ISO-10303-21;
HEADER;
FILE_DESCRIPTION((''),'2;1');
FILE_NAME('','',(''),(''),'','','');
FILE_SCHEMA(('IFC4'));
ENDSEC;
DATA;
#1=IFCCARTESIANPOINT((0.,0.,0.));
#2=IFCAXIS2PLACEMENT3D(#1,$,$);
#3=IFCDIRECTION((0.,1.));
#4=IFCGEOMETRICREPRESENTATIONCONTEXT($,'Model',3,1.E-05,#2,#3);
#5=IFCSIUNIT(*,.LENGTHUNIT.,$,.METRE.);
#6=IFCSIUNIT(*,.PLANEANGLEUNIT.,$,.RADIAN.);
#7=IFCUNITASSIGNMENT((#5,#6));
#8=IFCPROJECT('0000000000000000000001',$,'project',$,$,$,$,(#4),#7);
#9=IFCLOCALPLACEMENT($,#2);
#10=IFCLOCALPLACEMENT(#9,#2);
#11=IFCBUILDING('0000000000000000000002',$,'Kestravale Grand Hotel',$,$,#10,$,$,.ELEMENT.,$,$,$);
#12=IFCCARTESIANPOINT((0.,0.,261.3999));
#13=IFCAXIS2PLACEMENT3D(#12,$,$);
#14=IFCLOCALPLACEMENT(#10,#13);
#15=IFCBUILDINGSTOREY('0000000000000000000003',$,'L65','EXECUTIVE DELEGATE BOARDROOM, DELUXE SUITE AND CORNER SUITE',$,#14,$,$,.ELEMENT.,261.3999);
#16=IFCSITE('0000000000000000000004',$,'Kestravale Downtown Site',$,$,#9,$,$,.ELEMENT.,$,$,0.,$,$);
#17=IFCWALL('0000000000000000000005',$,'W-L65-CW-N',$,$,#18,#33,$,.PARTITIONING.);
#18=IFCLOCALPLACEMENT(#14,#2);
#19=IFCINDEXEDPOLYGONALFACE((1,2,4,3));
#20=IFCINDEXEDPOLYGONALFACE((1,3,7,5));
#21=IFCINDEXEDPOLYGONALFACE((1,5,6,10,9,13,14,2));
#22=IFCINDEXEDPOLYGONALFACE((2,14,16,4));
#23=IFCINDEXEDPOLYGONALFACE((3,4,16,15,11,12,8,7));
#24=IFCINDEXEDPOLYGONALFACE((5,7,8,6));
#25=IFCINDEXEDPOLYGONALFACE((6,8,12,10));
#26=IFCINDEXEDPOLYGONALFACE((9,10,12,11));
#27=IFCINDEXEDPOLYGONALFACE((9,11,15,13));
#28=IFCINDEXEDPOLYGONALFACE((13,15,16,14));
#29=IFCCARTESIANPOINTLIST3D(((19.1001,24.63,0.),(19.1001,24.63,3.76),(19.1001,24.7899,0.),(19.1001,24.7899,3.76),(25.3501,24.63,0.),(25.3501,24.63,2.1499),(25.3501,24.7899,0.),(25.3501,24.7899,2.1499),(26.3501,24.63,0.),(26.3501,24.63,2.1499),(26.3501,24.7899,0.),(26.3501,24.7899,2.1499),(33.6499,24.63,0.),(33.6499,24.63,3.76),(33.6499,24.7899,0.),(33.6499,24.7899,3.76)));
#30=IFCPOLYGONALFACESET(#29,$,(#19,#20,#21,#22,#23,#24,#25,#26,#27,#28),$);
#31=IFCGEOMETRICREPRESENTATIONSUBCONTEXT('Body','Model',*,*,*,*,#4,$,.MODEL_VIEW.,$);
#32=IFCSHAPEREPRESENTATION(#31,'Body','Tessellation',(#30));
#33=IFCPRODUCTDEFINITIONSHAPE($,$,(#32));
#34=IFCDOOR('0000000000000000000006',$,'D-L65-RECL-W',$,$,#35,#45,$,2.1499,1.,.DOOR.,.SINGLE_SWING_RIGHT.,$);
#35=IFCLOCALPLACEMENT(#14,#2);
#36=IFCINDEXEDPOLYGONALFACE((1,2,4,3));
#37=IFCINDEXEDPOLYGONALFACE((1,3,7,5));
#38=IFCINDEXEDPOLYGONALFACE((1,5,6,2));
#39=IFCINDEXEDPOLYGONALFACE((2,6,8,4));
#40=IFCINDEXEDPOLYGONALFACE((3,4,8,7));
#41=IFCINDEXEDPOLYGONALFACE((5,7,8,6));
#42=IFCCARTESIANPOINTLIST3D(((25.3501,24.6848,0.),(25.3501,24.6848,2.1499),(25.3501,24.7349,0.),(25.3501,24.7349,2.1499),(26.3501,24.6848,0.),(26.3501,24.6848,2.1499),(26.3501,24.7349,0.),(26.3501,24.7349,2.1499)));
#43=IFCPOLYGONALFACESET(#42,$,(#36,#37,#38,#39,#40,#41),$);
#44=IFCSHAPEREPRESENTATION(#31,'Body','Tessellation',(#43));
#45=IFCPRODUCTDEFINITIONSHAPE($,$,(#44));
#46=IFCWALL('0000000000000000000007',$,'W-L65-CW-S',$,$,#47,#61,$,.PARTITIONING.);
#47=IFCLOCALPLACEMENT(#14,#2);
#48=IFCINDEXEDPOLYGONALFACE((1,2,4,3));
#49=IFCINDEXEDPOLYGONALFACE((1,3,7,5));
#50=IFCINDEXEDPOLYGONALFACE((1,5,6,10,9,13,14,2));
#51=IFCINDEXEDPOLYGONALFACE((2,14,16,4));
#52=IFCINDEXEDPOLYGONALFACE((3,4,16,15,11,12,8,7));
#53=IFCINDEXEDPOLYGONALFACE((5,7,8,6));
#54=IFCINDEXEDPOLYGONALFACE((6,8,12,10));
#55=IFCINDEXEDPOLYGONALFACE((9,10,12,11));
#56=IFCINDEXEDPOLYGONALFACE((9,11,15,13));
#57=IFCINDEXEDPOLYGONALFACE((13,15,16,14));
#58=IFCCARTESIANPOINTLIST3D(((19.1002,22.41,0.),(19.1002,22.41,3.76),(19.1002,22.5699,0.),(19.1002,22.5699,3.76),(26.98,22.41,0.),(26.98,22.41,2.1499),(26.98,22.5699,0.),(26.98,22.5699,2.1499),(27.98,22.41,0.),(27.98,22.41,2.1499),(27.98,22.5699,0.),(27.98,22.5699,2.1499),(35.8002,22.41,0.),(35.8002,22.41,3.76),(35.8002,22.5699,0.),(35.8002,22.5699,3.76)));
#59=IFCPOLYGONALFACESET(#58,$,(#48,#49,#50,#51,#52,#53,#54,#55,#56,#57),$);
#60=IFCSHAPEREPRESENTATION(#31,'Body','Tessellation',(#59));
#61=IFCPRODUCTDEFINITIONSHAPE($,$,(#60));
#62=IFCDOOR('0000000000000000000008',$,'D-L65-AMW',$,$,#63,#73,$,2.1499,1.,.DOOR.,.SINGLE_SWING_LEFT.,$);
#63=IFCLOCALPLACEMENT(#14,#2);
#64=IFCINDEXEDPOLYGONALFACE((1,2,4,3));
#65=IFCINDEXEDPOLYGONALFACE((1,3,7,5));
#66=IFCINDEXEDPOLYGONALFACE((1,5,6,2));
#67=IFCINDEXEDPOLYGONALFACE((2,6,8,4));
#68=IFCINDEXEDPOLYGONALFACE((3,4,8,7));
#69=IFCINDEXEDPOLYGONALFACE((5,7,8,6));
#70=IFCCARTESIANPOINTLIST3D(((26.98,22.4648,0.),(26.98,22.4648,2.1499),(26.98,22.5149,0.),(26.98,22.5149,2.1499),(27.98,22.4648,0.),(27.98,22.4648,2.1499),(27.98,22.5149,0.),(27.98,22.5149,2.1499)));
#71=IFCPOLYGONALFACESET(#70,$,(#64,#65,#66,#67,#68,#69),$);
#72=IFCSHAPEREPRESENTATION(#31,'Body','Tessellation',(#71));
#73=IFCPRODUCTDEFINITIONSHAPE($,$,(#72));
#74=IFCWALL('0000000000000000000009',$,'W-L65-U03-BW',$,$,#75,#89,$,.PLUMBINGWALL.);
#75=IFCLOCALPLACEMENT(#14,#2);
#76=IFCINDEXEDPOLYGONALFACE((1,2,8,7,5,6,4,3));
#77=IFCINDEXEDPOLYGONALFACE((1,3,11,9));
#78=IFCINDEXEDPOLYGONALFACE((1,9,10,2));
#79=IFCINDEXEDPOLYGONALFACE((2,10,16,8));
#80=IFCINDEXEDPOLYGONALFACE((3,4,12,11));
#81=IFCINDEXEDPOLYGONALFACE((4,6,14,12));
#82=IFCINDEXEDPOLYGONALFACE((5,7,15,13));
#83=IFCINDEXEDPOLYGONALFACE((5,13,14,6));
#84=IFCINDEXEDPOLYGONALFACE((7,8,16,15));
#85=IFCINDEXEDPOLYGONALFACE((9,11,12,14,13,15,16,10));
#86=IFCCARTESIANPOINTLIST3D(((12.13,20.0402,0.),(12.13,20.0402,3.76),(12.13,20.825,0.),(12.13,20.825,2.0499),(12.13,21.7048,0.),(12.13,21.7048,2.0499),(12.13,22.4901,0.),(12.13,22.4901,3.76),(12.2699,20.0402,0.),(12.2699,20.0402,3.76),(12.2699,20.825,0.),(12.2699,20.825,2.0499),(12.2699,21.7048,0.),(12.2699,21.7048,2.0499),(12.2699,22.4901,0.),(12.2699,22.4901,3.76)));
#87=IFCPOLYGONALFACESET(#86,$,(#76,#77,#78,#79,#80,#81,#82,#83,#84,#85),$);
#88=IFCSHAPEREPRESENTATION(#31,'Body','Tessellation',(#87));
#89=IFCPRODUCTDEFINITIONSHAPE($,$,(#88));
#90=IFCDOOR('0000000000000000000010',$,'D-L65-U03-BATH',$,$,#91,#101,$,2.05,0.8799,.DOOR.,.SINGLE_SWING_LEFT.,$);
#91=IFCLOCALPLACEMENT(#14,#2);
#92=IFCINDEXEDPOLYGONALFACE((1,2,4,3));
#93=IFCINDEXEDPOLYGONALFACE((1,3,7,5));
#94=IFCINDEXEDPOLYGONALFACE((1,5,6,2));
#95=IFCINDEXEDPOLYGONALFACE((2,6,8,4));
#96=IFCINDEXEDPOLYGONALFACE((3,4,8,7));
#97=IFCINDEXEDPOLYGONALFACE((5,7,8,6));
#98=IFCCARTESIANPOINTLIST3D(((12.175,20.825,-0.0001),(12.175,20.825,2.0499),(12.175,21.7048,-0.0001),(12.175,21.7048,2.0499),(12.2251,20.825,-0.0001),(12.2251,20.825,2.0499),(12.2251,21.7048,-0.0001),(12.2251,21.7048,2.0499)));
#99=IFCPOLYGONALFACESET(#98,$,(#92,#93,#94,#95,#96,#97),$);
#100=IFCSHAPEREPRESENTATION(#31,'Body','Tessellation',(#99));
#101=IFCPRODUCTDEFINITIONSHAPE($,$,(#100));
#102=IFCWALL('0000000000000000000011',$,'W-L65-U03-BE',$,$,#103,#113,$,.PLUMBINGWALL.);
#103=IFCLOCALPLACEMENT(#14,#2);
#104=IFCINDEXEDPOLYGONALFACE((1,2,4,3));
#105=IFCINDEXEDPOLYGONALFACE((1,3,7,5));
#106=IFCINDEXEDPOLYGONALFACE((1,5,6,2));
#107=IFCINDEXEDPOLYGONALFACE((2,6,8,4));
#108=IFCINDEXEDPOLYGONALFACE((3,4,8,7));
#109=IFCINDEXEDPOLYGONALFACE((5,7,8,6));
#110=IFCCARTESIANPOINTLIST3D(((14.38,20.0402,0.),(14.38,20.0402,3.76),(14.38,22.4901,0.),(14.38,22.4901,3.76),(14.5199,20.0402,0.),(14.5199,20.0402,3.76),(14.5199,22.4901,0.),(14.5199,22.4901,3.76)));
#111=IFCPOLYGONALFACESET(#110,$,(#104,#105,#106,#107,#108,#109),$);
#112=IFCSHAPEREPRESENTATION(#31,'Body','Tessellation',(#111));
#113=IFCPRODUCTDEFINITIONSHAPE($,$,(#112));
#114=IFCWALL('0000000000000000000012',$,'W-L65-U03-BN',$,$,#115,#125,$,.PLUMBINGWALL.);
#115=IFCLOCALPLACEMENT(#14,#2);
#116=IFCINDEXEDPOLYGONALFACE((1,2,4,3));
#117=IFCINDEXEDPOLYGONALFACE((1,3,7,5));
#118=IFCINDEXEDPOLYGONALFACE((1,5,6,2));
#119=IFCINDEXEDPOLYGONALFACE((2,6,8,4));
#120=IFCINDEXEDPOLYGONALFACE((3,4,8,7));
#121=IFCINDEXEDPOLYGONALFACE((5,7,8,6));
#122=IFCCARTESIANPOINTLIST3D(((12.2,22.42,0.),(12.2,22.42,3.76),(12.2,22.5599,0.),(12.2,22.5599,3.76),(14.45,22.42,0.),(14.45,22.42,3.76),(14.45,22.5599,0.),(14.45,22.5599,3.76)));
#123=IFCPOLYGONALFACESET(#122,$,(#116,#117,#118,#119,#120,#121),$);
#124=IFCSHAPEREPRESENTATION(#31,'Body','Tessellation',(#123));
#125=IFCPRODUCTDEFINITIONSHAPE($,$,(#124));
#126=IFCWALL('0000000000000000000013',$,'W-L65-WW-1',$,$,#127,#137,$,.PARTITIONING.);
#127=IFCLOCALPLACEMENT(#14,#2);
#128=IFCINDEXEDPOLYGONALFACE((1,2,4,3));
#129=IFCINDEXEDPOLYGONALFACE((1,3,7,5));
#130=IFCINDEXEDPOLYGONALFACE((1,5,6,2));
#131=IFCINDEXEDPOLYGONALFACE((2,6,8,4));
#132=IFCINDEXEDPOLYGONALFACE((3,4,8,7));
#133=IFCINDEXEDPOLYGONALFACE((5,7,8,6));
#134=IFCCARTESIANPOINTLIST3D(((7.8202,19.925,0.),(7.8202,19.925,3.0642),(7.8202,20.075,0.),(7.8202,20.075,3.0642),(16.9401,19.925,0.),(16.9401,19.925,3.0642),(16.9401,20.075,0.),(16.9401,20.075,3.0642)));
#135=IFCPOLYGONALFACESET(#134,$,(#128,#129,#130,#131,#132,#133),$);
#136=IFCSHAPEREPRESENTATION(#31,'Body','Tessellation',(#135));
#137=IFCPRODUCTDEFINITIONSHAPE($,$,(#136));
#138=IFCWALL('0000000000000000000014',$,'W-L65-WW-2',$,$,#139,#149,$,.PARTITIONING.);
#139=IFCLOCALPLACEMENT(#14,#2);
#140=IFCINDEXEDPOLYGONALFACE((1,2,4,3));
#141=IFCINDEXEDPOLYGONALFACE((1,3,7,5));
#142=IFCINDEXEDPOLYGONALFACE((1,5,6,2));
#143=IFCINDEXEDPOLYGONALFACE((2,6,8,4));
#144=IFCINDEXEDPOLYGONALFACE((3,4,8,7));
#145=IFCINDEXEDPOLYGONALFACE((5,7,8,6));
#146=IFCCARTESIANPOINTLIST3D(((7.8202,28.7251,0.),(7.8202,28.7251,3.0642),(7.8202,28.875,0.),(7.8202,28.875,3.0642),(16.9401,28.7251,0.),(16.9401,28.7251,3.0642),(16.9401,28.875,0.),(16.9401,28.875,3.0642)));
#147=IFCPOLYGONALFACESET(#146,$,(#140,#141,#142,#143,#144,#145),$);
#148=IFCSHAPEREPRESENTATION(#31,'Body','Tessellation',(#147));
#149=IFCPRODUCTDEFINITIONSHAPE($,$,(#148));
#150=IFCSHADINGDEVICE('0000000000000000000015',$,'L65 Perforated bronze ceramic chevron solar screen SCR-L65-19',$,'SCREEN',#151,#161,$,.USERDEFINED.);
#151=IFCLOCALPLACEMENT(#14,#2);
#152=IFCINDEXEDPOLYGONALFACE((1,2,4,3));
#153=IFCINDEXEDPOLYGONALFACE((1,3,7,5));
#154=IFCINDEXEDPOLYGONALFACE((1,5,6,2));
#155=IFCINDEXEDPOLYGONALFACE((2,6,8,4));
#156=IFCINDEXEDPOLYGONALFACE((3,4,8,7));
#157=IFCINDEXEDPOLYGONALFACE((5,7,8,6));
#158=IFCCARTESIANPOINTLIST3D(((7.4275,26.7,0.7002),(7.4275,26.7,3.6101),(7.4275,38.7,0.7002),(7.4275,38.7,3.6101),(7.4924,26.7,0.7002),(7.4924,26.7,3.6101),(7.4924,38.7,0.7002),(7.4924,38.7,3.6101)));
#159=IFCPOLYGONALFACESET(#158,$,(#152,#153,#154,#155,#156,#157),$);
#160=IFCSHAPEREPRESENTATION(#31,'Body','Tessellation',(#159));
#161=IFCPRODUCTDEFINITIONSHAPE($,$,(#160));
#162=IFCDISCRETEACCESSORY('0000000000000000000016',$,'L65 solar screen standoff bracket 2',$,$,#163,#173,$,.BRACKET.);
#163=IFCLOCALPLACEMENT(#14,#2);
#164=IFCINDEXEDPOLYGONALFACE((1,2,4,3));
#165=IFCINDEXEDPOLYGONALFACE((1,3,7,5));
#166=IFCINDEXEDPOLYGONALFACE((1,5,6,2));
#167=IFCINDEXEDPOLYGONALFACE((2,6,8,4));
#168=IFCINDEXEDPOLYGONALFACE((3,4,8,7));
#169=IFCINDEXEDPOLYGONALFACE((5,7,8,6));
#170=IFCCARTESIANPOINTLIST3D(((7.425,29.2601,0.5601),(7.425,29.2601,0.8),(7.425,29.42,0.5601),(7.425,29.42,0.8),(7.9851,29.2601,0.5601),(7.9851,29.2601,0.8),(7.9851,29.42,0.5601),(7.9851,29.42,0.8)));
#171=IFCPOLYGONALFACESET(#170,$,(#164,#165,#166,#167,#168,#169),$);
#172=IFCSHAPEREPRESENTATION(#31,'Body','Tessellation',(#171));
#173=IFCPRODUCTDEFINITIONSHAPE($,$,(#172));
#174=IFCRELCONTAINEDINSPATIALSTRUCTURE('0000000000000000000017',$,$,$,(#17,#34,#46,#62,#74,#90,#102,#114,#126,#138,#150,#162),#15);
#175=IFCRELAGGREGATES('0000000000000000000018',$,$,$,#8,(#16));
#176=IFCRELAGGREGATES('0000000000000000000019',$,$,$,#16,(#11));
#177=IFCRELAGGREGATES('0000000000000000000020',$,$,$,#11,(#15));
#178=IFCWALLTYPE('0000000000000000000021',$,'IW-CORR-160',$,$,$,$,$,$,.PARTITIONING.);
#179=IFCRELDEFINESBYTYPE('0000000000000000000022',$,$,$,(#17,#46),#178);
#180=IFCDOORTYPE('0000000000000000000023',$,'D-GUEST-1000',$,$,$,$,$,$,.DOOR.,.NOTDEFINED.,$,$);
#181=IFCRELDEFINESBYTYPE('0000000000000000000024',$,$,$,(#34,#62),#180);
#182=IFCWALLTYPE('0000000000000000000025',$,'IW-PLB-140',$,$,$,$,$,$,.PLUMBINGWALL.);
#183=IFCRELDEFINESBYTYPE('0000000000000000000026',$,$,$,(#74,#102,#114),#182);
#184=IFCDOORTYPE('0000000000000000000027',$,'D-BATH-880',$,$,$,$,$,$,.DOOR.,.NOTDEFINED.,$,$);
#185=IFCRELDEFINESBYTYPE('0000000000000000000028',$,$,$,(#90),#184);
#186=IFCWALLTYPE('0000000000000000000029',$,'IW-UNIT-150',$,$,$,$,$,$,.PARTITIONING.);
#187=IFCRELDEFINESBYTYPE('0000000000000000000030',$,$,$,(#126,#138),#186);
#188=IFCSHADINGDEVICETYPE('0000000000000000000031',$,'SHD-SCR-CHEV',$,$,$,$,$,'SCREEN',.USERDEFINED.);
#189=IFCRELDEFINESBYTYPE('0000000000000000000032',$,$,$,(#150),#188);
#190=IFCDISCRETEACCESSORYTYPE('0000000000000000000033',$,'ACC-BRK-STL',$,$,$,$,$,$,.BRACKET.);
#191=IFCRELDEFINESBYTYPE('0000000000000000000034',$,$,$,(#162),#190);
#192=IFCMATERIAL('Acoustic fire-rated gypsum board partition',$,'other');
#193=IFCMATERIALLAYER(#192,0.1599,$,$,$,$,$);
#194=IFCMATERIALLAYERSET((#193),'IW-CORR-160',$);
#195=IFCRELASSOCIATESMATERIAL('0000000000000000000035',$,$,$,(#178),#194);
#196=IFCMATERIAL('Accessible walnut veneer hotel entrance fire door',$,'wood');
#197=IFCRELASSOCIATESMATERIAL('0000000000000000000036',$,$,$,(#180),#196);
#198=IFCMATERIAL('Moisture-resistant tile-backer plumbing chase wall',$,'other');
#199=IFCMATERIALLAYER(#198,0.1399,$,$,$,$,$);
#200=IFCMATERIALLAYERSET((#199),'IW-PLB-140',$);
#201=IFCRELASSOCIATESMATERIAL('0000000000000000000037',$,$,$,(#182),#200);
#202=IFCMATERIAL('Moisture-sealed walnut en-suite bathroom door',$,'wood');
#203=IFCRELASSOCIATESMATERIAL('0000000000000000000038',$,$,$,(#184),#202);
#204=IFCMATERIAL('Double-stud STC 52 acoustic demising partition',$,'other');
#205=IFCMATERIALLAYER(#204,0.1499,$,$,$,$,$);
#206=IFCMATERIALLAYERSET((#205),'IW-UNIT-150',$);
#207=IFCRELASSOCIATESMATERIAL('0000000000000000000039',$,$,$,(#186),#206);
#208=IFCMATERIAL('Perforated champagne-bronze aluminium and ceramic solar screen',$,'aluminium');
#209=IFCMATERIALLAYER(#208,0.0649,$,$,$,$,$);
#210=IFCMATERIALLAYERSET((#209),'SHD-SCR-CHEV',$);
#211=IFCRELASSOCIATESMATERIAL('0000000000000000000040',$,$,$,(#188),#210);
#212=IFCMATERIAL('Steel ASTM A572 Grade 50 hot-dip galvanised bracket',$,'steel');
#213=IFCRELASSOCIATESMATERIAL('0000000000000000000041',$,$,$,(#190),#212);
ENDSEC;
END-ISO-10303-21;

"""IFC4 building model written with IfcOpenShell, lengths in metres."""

from ifc_helpers import new_model, si_unit, direction, frame, frame_2d, origin, origin_2d, place, context, subcontext, project, spatial, rectangle, extrude, material, layer, layer_set, type_object, element, fill, save


model = new_model("IFC4")

# Units and contexts
model_context = context("Model", 3, precision=1e-05, world=origin(), true_north=direction((0.0, 1.0)))
body_context = subcontext(model_context, "Body", "Model", "MODEL_VIEW")
ifc_project = project(units=[si_unit("LENGTHUNIT", "METRE"), si_unit("PLANEANGLEUNIT", "RADIAN")], contexts=[model_context])

# Site, building, storey
site_placement = place(None, origin())
site = spatial("IfcSite", under=ifc_project, at=site_placement, Name="Kestravale Downtown Site", CompositionType="ELEMENT", RefElevation=0.0)
building_placement = place(site_placement, origin())
building = spatial("IfcBuilding", under=site, at=building_placement, Name="Kestravale Grand Hotel", CompositionType="ELEMENT")
storey_placement = place(building_placement, frame((0.0, 0.0, 261.3999)))
storey = spatial("IfcBuildingStorey", under=building, at=storey_placement, Name="L65", Description="EXECUTIVE DELEGATE BOARDROOM, DELUXE SUITE AND CORNER SUITE", CompositionType="ELEMENT", Elevation=261.3999)

# Walls, openings, doors
ifc_material_1 = material(Name="Acoustic fire-rated gypsum board partition", Category="other")
ifc_layer_1 = layer(ifc_material_1, 0.1599)
ifc_layer_set_1 = layer_set([ifc_layer_1], Name="IW-CORR-160")
wall_type_1 = type_object("IfcWallType", Name="IW-CORR-160", PredefinedType="PARTITIONING", material=ifc_layer_set_1)
wall_1_placement = place(storey_placement, frame((19.1001, 24.71, 0.0), z_axis=(0.0, 0.0, 1.0), x_axis=(1.0, 0.0, 0.0)))
wall_1 = element("IfcWall", 1, at=wall_1_placement, inside=storey, type_object=wall_type_1, Name="W-L65-CW-N", PredefinedType="PARTITIONING", context=body_context, shape_type="SweptSolid", body=[
    extrude(rectangle(XDim=14.5498, YDim=0.1599, at=frame_2d((7.2749, 0.0))), origin(), (0.0, 0.0, 1.0), 3.76),
])
opening_1_placement = place(wall_1_placement, frame((6.25, 0.0, 0.0)))
opening_1 = element("IfcOpeningElement", 2, at=opening_1_placement, cuts=wall_1, PredefinedType="OPENING", context=body_context, shape_type="SweptSolid", body=[
    extrude(rectangle(XDim=1.0, YDim=2.1499, at=frame_2d((0.5, 1.075))), frame((0.0, 0.0898, 0.0), z_axis=(0.0, -1.0, 0.0), x_axis=(1.0, 0.0, 0.0)), (0.0, 0.0, 1.0), 0.1799),
])
ifc_material_2 = material(Name="Accessible walnut veneer hotel entrance fire door", Category="wood")
door_type_1 = type_object("IfcDoorType", Name="D-GUEST-1000", OperationType="NOTDEFINED", PredefinedType="DOOR", material=ifc_material_2)
door_1_placement = place(opening_1_placement, origin())
door_1 = element("IfcDoor", 3, at=door_1_placement, inside=storey, type_object=door_type_1, Name="D-L65-RECL-W", OperationType="SINGLE_SWING_RIGHT", OverallHeight=2.1499, OverallWidth=1.0, PredefinedType="DOOR", context=body_context, shape_type="SweptSolid", body=[
    extrude(rectangle(XDim=1.0, YDim=2.1499, at=frame_2d((0.5, 1.075))), frame((0.0, 0.0249, 0.0), z_axis=(0.0, -1.0, 0.0), x_axis=(1.0, 0.0, 0.0)), (0.0, 0.0, 1.0), 0.05),
])
fill(opening_1, door_1)
wall_2_placement = place(storey_placement, frame((19.1001, 22.49, 0.0), z_axis=(0.0, 0.0, 1.0), x_axis=(1.0, 0.0, 0.0)))
wall_2 = element("IfcWall", 4, at=wall_2_placement, inside=storey, type_object=wall_type_1, Name="W-L65-CW-S", PredefinedType="PARTITIONING", context=body_context, shape_type="SweptSolid", body=[
    extrude(rectangle(XDim=16.7, YDim=0.1599, at=frame_2d((8.3501, 0.0))), origin(), (0.0, 0.0, 1.0), 3.76),
])
opening_2_placement = place(wall_2_placement, frame((7.8799, 0.0, 0.0)))
opening_2 = element("IfcOpeningElement", 5, at=opening_2_placement, cuts=wall_2, PredefinedType="OPENING", context=body_context, shape_type="SweptSolid", body=[
    extrude(rectangle(XDim=1.0, YDim=2.1499, at=frame_2d((0.5, 1.075))), frame((0.0, 0.0898, 0.0), z_axis=(0.0, -1.0, 0.0), x_axis=(1.0, 0.0, 0.0)), (0.0, 0.0, 1.0), 0.1799),
])
door_2_placement = place(opening_2_placement, origin())
door_2 = element("IfcDoor", 6, at=door_2_placement, inside=storey, type_object=door_type_1, Name="D-L65-AMW", OperationType="SINGLE_SWING_LEFT", OverallHeight=2.1499, OverallWidth=1.0, PredefinedType="DOOR", context=body_context, shape_type="SweptSolid", body=[
    extrude(rectangle(XDim=1.0, YDim=2.1499, at=frame_2d((0.5, 1.075))), frame((0.0, 0.0249, 0.0), z_axis=(0.0, -1.0, 0.0), x_axis=(1.0, 0.0, 0.0)), (0.0, 0.0, 1.0), 0.05),
])
fill(opening_2, door_2)
ifc_material_3 = material(Name="Moisture-resistant tile-backer plumbing chase wall", Category="other")
ifc_layer_2 = layer(ifc_material_3, 0.1399)
ifc_layer_set_2 = layer_set([ifc_layer_2], Name="IW-PLB-140")
wall_type_2 = type_object("IfcWallType", Name="IW-PLB-140", PredefinedType="PLUMBINGWALL", material=ifc_layer_set_2)
wall_3_placement = place(storey_placement, frame((12.2, 20.04, 0.0), z_axis=(0.0, 0.0, 1.0), x_axis=(0.0, 1.0, 0.0)))
wall_3 = element("IfcWall", 7, at=wall_3_placement, inside=storey, type_object=wall_type_2, Name="W-L65-U03-BW", PredefinedType="PLUMBINGWALL", context=body_context, shape_type="SweptSolid", body=[
    extrude(rectangle(XDim=2.45, YDim=0.1399, at=frame_2d((1.2251, 0.0))), origin(), (0.0, 0.0, 1.0), 3.76),
])
opening_3_placement = place(wall_3_placement, frame((0.7849, 0.0, 0.0)))
opening_3 = element("IfcOpeningElement", 8, at=opening_3_placement, cuts=wall_3, PredefinedType="OPENING", context=body_context, shape_type="SweptSolid", body=[
    extrude(rectangle(XDim=0.8799, YDim=2.05, at=frame_2d((0.4399, 1.0249))), frame((0.0, 0.0798, 0.0), z_axis=(0.0, -1.0, 0.0), x_axis=(1.0, 0.0, 0.0)), (0.0, 0.0, 1.0), 0.1599),
])
ifc_material_4 = material(Name="Moisture-sealed walnut en-suite bathroom door", Category="wood")
door_type_2 = type_object("IfcDoorType", Name="D-BATH-880", OperationType="NOTDEFINED", PredefinedType="DOOR", material=ifc_material_4)
door_3_placement = place(opening_3_placement, origin())
door_3 = element("IfcDoor", 9, at=door_3_placement, inside=storey, type_object=door_type_2, Name="D-L65-U03-BATH", OperationType="SINGLE_SWING_LEFT", OverallHeight=2.05, OverallWidth=0.8799, PredefinedType="DOOR", context=body_context, shape_type="SweptSolid", body=[
    extrude(rectangle(XDim=0.8799, YDim=2.05, at=frame_2d((0.4399, 1.0249))), frame((0.0, 0.0249, 0.0), z_axis=(0.0, -1.0, 0.0), x_axis=(1.0, 0.0, 0.0)), (0.0, 0.0, 1.0), 0.05),
])
fill(opening_3, door_3)

# Walls
wall_4_placement = place(storey_placement, frame((14.45, 20.04, 0.0), z_axis=(0.0, 0.0, 1.0), x_axis=(0.0, 1.0, 0.0)))
element("IfcWall", 10, at=wall_4_placement, inside=storey, type_object=wall_type_2, Name="W-L65-U03-BE", PredefinedType="PLUMBINGWALL", context=body_context, shape_type="SweptSolid", body=[
    extrude(rectangle(XDim=2.45, YDim=0.1399, at=frame_2d((1.2251, 0.0))), origin(), (0.0, 0.0, 1.0), 3.76),
])
wall_5_placement = place(storey_placement, frame((12.2, 22.49, 0.0), z_axis=(0.0, 0.0, 1.0), x_axis=(1.0, 0.0, 0.0)))
element("IfcWall", 11, at=wall_5_placement, inside=storey, type_object=wall_type_2, Name="W-L65-U03-BN", PredefinedType="PLUMBINGWALL", context=body_context, shape_type="SweptSolid", body=[
    extrude(rectangle(XDim=2.25, YDim=0.1399, at=frame_2d((1.125, 0.0))), origin(), (0.0, 0.0, 1.0), 3.76),
])
ifc_material_5 = material(Name="Double-stud STC 52 acoustic demising partition", Category="other")
ifc_layer_3 = layer(ifc_material_5, 0.1499)
ifc_layer_set_3 = layer_set([ifc_layer_3], Name="IW-UNIT-150")
wall_type_3 = type_object("IfcWallType", Name="IW-UNIT-150", PredefinedType="PARTITIONING", material=ifc_layer_set_3)
for number, where, z_axis, x_axis, name in (
    (12, (7.8201, 20.0, 0.0), (0.0, 0.0, 1.0), (1.0, 0.0, 0.0), "W-L65-WW-1"),
    (13, (7.8201, 28.8, 0.0), (0.0, 0.0, 1.0), (1.0, 0.0, 0.0), "W-L65-WW-2"),
):
    element("IfcWall", number, at=place(storey_placement, frame(where, z_axis=z_axis, x_axis=x_axis)), inside=storey, type_object=wall_type_3, Name=name, PredefinedType="PARTITIONING", context=body_context, shape_type="SweptSolid", body=[
        extrude(rectangle(XDim=9.1199, YDim=0.1499, at=frame_2d((4.5601, 0.0))), origin(), (0.0, 0.0, 1.0), 3.0642),
    ])

# Shading device
ifc_material_6 = material(Name="Perforated champagne-bronze aluminium and ceramic solar screen", Category="aluminium")
ifc_layer_4 = layer(ifc_material_6, 0.0649)
ifc_layer_set_4 = layer_set([ifc_layer_4], Name="SHD-SCR-CHEV")
shading_device_type = type_object("IfcShadingDeviceType", Name="SHD-SCR-CHEV", ElementType="SCREEN", PredefinedType="USERDEFINED", material=ifc_layer_set_4)
shading_device_placement = place(storey_placement, frame((7.46, 32.7, 0.7002), z_axis=(0.0, 0.0, 1.0), x_axis=(0.0, -1.0, 0.0)))
element("IfcShadingDevice", 14, at=shading_device_placement, inside=storey, type_object=shading_device_type, Name="L65 Perforated bronze ceramic chevron solar screen SCR-L65-19", ObjectType="SCREEN", PredefinedType="USERDEFINED", context=body_context, shape_type="SweptSolid", body=[
    extrude(rectangle(XDim=12.0, YDim=0.0649, at=origin_2d()), origin(), (0.0, 0.0, 1.0), 2.9099),
])

# Discrete accessory
ifc_material_7 = material(Name="Steel ASTM A572 Grade 50 hot-dip galvanised bracket", Category="steel")
discrete_accessory_type = type_object("IfcDiscreteAccessoryType", Name="ACC-BRK-STL", PredefinedType="BRACKET", material=ifc_material_7)
discrete_accessory_placement = place(storey_placement, frame((7.7051, 29.3401, 0.5601), z_axis=(0.0, 0.0, 1.0), x_axis=(0.0, -1.0, 0.0)))
element("IfcDiscreteAccessory", 15, at=discrete_accessory_placement, inside=storey, type_object=discrete_accessory_type, Name="L65 solar screen standoff bracket 2", PredefinedType="BRACKET", context=body_context, shape_type="SweptSolid", body=[
    extrude(rectangle(XDim=0.1599, YDim=0.5601, at=origin_2d()), origin(), (0.0, 0.0, 1.0), 0.24),
])

save(model, "model.ifc")
